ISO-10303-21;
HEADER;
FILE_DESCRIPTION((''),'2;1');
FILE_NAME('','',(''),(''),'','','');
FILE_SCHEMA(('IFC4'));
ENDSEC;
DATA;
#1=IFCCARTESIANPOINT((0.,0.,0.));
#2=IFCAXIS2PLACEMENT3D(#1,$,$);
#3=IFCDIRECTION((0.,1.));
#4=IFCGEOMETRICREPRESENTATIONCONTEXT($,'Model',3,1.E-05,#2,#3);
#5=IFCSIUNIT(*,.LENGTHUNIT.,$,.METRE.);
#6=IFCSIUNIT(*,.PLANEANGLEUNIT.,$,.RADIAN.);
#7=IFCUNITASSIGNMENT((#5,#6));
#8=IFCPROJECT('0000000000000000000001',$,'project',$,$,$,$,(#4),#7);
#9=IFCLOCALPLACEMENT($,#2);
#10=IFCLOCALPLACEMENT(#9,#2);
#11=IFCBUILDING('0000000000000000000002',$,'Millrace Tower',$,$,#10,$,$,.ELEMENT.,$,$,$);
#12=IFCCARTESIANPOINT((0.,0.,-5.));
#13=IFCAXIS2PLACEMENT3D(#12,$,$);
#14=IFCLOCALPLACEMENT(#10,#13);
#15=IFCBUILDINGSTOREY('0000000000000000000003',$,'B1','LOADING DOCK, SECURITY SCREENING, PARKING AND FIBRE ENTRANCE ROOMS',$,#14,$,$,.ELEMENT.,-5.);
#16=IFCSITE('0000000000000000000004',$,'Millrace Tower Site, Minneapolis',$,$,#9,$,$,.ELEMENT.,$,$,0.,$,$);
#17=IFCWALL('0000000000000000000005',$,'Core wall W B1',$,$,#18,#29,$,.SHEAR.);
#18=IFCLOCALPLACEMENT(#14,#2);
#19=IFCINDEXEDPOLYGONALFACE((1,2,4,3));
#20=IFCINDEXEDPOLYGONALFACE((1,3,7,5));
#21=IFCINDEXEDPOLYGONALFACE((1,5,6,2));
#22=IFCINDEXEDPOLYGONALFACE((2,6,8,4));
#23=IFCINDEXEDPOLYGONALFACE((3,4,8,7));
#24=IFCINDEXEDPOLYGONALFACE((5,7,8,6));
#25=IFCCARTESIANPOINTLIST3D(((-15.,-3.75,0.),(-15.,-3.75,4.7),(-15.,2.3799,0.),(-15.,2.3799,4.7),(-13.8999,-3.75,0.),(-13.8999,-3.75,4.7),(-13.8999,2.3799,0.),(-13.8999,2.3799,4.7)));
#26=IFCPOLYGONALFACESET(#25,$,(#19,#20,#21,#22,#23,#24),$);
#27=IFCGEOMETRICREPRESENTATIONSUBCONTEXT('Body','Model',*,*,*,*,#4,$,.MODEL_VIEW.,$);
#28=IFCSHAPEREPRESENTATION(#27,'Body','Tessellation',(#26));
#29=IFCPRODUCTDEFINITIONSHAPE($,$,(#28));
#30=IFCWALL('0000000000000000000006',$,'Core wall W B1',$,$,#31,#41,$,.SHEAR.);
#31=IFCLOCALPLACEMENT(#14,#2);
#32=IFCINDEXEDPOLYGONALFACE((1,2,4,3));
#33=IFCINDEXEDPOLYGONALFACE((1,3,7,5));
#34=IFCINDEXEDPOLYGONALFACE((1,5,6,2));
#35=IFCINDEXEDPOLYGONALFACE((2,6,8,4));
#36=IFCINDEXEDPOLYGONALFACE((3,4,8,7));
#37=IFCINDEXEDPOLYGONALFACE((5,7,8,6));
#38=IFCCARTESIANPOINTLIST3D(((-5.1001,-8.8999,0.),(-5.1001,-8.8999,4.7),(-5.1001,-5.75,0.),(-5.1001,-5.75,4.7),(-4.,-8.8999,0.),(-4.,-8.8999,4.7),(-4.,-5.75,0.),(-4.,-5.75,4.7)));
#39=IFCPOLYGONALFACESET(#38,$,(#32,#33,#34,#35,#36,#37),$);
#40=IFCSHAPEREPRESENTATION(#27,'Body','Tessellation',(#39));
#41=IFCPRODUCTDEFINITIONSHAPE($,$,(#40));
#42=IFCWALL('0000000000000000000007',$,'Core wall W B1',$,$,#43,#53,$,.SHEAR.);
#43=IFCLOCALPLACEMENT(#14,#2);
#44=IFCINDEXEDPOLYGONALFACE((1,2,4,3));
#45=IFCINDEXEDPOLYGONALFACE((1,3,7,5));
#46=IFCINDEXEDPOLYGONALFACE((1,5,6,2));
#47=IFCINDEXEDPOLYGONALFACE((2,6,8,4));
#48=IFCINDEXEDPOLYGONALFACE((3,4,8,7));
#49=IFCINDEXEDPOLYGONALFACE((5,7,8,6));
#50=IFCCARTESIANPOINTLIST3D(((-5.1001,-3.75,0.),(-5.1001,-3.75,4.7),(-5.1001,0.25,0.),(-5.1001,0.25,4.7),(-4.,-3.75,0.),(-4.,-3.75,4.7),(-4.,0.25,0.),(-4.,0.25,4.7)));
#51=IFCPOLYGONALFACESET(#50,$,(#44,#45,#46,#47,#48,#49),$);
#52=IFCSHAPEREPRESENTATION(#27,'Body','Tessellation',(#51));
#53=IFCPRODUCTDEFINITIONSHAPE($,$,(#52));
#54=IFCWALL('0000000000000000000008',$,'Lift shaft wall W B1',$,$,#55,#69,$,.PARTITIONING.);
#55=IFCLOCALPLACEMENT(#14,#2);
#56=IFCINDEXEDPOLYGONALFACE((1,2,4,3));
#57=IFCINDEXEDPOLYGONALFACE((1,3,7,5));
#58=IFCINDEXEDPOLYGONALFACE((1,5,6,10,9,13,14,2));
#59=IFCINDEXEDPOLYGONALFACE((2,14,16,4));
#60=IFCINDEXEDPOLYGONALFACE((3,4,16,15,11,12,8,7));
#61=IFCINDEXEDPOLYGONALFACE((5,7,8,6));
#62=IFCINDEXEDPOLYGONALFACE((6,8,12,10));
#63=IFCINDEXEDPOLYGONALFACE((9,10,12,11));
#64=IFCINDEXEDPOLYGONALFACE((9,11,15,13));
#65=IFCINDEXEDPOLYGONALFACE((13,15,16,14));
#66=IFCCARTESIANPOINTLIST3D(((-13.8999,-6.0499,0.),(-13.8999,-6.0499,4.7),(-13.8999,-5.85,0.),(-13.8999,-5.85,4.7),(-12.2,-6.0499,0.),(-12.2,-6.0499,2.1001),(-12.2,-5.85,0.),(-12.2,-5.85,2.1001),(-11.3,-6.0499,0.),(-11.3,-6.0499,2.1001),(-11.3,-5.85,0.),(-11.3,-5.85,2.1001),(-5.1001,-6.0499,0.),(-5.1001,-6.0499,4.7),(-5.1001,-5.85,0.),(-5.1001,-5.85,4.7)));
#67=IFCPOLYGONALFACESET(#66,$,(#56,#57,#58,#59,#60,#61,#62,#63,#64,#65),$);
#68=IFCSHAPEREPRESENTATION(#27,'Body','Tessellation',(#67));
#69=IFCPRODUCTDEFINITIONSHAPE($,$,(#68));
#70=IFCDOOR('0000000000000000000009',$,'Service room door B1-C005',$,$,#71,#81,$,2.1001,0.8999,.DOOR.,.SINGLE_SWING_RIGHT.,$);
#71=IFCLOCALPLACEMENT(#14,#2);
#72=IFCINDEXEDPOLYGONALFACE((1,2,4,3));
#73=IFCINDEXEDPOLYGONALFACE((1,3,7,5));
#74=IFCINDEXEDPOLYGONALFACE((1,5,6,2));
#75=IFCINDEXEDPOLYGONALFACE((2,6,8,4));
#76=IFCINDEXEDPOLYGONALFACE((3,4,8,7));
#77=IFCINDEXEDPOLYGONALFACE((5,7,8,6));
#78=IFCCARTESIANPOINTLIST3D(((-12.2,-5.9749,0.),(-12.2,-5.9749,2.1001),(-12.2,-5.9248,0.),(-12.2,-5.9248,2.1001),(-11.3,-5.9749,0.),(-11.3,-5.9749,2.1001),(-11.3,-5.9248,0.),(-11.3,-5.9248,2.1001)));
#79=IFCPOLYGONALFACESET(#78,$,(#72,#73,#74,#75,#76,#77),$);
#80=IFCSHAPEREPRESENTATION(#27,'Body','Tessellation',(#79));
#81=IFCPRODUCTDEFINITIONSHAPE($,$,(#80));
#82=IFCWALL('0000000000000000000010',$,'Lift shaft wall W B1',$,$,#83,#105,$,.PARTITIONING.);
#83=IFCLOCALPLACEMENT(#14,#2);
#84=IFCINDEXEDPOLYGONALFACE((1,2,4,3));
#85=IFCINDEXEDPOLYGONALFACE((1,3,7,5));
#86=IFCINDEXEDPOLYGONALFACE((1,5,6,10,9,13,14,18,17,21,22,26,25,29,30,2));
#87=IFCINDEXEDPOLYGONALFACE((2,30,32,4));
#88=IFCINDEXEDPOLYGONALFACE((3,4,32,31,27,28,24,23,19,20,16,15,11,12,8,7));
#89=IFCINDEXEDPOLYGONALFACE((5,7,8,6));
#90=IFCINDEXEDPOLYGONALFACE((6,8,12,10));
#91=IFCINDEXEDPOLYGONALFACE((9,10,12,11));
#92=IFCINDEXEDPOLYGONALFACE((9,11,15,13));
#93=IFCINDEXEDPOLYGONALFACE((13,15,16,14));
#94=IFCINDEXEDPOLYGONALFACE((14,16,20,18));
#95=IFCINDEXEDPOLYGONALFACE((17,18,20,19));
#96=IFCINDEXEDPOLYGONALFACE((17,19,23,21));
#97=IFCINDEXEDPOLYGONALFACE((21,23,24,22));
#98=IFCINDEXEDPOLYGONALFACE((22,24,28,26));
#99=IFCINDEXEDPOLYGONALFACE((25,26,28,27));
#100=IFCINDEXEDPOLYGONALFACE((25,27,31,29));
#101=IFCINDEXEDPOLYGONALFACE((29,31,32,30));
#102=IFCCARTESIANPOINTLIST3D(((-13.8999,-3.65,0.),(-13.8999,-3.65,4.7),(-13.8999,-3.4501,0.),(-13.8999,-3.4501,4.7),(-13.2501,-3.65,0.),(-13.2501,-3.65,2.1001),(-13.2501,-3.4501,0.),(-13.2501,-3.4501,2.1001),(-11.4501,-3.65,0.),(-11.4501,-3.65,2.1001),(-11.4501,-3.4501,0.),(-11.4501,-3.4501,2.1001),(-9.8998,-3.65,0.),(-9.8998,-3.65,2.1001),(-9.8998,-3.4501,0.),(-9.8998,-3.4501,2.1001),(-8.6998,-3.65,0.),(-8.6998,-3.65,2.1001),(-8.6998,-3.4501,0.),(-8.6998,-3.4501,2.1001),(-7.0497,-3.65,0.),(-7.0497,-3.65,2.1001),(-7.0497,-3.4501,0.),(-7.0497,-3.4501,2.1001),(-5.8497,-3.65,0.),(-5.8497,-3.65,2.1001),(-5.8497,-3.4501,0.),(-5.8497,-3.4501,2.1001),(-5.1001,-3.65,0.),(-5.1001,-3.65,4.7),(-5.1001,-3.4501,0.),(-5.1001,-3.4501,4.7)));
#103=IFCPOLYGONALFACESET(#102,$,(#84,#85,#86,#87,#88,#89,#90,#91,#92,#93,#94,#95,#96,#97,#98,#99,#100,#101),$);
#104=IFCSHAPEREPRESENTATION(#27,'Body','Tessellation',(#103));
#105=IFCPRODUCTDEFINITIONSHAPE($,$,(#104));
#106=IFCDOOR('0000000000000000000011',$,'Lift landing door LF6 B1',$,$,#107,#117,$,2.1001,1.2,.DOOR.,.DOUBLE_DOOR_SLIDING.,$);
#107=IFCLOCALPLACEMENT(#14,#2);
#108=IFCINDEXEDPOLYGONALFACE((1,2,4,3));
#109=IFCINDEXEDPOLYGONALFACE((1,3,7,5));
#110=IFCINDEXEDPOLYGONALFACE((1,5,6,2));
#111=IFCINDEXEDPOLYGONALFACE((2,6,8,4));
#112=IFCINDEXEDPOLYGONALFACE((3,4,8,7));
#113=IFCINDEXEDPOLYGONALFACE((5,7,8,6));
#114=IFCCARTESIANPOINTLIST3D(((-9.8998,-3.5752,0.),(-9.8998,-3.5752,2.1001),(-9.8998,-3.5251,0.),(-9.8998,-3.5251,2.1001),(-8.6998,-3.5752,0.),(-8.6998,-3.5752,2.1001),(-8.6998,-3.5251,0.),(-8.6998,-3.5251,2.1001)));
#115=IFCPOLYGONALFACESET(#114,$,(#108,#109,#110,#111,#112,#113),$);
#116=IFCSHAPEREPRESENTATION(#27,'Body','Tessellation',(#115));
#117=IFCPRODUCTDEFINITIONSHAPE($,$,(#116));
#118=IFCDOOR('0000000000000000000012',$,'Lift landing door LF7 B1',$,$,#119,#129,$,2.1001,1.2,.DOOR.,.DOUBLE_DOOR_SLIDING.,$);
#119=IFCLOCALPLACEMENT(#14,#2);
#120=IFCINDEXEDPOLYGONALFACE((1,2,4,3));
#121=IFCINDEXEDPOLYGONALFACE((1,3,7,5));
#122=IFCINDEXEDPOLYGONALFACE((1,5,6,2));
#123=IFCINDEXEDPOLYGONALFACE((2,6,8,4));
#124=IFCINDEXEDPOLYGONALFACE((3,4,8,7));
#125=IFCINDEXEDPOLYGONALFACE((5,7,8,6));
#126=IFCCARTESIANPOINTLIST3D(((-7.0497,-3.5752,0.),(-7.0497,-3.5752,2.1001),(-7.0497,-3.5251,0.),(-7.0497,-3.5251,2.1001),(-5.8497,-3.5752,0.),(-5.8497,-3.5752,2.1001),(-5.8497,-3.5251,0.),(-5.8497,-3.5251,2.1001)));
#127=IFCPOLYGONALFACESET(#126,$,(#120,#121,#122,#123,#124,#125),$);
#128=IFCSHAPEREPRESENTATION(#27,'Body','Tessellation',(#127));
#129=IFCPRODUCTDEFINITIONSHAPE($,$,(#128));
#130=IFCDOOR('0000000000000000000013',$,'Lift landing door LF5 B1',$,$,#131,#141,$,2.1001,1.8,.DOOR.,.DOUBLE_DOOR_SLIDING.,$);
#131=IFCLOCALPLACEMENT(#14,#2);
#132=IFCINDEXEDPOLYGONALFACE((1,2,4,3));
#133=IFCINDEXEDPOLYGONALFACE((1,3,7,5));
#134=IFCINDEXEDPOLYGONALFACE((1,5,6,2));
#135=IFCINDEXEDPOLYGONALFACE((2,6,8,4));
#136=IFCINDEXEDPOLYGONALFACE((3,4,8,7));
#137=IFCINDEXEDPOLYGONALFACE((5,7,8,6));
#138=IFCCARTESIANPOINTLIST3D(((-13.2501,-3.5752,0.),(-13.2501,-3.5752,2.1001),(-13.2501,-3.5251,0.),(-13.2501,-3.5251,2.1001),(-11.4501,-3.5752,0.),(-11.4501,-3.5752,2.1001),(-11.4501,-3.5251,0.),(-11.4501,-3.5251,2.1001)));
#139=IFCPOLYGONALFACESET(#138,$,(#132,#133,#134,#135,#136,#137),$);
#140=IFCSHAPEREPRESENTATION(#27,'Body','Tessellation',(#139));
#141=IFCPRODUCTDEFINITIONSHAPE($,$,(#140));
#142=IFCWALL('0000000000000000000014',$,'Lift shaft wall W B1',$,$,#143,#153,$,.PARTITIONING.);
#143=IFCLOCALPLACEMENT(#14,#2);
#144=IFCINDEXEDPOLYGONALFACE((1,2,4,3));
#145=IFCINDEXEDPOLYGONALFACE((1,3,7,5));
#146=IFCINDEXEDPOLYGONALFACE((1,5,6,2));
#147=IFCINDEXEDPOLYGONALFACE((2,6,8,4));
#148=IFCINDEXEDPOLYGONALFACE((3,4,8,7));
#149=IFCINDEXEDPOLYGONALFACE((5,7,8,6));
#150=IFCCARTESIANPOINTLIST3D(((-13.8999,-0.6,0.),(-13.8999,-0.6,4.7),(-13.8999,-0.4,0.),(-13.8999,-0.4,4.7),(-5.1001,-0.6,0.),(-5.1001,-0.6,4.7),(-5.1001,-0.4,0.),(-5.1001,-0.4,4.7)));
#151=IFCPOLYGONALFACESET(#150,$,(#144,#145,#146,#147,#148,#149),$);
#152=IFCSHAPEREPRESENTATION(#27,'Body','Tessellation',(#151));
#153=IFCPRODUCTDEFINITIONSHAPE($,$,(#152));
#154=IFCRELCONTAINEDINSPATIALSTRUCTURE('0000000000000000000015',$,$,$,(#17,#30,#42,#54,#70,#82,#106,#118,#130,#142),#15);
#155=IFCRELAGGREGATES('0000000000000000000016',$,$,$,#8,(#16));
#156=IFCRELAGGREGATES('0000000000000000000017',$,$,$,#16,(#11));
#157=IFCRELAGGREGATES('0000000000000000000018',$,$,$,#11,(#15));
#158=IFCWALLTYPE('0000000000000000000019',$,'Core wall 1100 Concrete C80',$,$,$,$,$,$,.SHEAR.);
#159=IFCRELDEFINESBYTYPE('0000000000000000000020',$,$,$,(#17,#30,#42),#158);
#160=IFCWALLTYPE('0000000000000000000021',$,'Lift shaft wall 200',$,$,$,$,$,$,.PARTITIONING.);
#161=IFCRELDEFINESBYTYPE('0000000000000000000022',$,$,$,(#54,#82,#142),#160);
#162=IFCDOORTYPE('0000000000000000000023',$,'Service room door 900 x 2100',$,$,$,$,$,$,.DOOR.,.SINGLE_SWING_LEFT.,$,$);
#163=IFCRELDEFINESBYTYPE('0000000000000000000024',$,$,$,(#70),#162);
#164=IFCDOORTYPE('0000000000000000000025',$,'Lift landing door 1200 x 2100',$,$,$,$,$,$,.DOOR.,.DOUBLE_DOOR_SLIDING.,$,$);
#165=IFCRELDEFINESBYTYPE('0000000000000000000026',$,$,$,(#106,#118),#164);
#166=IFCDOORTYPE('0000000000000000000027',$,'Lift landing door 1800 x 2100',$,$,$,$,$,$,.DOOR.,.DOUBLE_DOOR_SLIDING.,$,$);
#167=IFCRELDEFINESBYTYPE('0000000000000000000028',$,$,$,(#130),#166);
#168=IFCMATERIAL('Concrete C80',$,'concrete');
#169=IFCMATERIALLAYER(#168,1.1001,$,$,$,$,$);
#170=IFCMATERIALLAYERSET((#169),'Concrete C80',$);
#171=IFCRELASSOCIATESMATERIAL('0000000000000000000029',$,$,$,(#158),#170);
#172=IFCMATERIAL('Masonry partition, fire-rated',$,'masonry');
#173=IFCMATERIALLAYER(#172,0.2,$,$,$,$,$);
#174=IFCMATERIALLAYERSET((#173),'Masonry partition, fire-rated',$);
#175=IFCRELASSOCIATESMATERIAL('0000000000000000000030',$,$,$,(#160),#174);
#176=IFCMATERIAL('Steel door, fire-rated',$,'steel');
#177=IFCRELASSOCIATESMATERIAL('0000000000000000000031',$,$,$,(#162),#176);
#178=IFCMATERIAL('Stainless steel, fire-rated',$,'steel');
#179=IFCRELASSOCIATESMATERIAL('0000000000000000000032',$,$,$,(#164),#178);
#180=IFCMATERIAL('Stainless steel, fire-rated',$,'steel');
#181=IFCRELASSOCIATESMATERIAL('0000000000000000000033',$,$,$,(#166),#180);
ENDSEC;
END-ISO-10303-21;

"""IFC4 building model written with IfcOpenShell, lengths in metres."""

from ifc_helpers import new_model, si_unit, direction, frame, frame_2d, origin, place, context, subcontext, project, spatial, rectangle, extrude, material, layer, layer_set, type_object, element, fill, save


model = new_model("IFC4")

# Units and contexts
model_context = context("Model", 3, precision=1e-05, world=origin(), true_north=direction((0.0, 1.0)))
body_context = subcontext(model_context, "Body", "Model", "MODEL_VIEW")
ifc_project = project(units=[si_unit("LENGTHUNIT", "METRE"), si_unit("PLANEANGLEUNIT", "RADIAN")], contexts=[model_context])

# Site, building, storey
site_placement = place(None, origin())
site = spatial("IfcSite", under=ifc_project, at=site_placement, Name="Millrace Tower Site, Minneapolis", CompositionType="ELEMENT", RefElevation=0.0)
building_placement = place(site_placement, origin())
building = spatial("IfcBuilding", under=site, at=building_placement, Name="Millrace Tower", CompositionType="ELEMENT")
storey_placement = place(building_placement, frame((0.0, 0.0, -5.0)))
storey = spatial("IfcBuildingStorey", under=building, at=storey_placement, Name="B1", Description="LOADING DOCK, SECURITY SCREENING, PARKING AND FIBRE ENTRANCE ROOMS", CompositionType="ELEMENT", Elevation=-5.0)

# Walls
ifc_material_1 = material(Name="Concrete C80", Category="concrete")
ifc_layer_1 = layer(ifc_material_1, 1.1001)
ifc_layer_set_1 = layer_set([ifc_layer_1], Name="Concrete C80")
wall_type_1 = type_object("IfcWallType", Name="Core wall 1100 Concrete C80", PredefinedType="SHEAR", material=ifc_layer_set_1)
wall_1_placement = place(storey_placement, frame((-14.45, -3.75, 0.0), z_axis=(0.0, 0.0, 1.0), x_axis=(0.0, 1.0, 0.0)))
element("IfcWall", 1, at=wall_1_placement, inside=storey, type_object=wall_type_1, Name="Core wall W B1", PredefinedType="SHEAR", context=body_context, shape_type="SweptSolid", body=[
    extrude(rectangle(XDim=6.1299, YDim=1.1001, at=frame_2d((3.0649, 0.0))), origin(), (0.0, 0.0, 1.0), 4.7),
])
wall_2_placement = place(storey_placement, frame((-4.55, -8.8999, 0.0), z_axis=(0.0, 0.0, 1.0), x_axis=(0.0, 1.0, 0.0)))
element("IfcWall", 2, at=wall_2_placement, inside=storey, type_object=wall_type_1, Name="Core wall W B1", PredefinedType="SHEAR", context=body_context, shape_type="SweptSolid", body=[
    extrude(rectangle(XDim=3.1499, YDim=1.1001, at=frame_2d((1.575, 0.0))), origin(), (0.0, 0.0, 1.0), 4.7),
])
wall_3_placement = place(storey_placement, frame((-4.55, -3.75, 0.0), z_axis=(0.0, 0.0, 1.0), x_axis=(0.0, 1.0, 0.0)))
element("IfcWall", 3, at=wall_3_placement, inside=storey, type_object=wall_type_1, Name="Core wall W B1", PredefinedType="SHEAR", context=body_context, shape_type="SweptSolid", body=[
    extrude(rectangle(XDim=4.0, YDim=1.1001, at=frame_2d((2.0, 0.0))), origin(), (0.0, 0.0, 1.0), 4.7),
])

# Wall, opening, door
ifc_material_2 = material(Name="Masonry partition, fire-rated", Category="masonry")
ifc_layer_2 = layer(ifc_material_2, 0.2)
ifc_layer_set_2 = layer_set([ifc_layer_2], Name="Masonry partition, fire-rated")
wall_type_2 = type_object("IfcWallType", Name="Lift shaft wall 200", PredefinedType="PARTITIONING", material=ifc_layer_set_2)
wall_4_placement = place(storey_placement, frame((-13.8999, -5.95, 0.0), z_axis=(0.0, 0.0, 1.0), x_axis=(1.0, 0.0, 0.0)))
wall_4 = element("IfcWall", 4, at=wall_4_placement, inside=storey, type_object=wall_type_2, Name="Lift shaft wall W B1", PredefinedType="PARTITIONING", context=body_context, shape_type="SweptSolid", body=[
    extrude(rectangle(XDim=8.7998, YDim=0.2, at=frame_2d((4.3999, 0.0))), origin(), (0.0, 0.0, 1.0), 4.7),
])
opening_1_placement = place(wall_4_placement, frame((1.7, 0.0, 0.0)))
opening_1 = element("IfcOpeningElement", 5, at=opening_1_placement, cuts=wall_4, PredefinedType="OPENING", context=body_context, shape_type="SweptSolid", body=[
    extrude(rectangle(XDim=0.8999, YDim=2.1001, at=frame_2d((0.45, 1.05))), frame((0.0, 0.1099, 0.0), z_axis=(0.0, -1.0, 0.0), x_axis=(1.0, 0.0, 0.0)), (0.0, 0.0, 1.0), 0.22),
])
ifc_material_3 = material(Name="Steel door, fire-rated", Category="steel")
door_type_1 = type_object("IfcDoorType", Name="Service room door 900 x 2100", OperationType="SINGLE_SWING_LEFT", PredefinedType="DOOR", material=ifc_material_3)
door_1_placement = place(opening_1_placement, frame((0.8999, 0.0, 0.0), z_axis=(0.0, 0.0, 1.0), x_axis=(-1.0, 0.0, 0.0)))
door_1 = element("IfcDoor", 6, at=door_1_placement, inside=storey, type_object=door_type_1, Name="Service room door B1-C005", OperationType="SINGLE_SWING_RIGHT", OverallHeight=2.1001, OverallWidth=0.8999, PredefinedType="DOOR", context=body_context, shape_type="SweptSolid", body=[
    extrude(rectangle(XDim=0.8999, YDim=2.1001, at=frame_2d((0.45, 1.05))), frame((0.0, 0.0249, 0.0), z_axis=(0.0, -1.0, 0.0), x_axis=(1.0, 0.0, 0.0)), (0.0, 0.0, 1.0), 0.05),
])
fill(opening_1, door_1)

# Wall, openings, doors
wall_5_placement = place(storey_placement, frame((-13.8999, -3.55, 0.0), z_axis=(0.0, 0.0, 1.0), x_axis=(1.0, 0.0, 0.0)))
wall_5 = element("IfcWall", 7, at=wall_5_placement, inside=storey, type_object=wall_type_2, Name="Lift shaft wall W B1", PredefinedType="PARTITIONING", context=body_context, shape_type="SweptSolid", body=[
    extrude(rectangle(XDim=8.7998, YDim=0.2, at=frame_2d((4.3999, 0.0))), origin(), (0.0, 0.0, 1.0), 4.7),
])
opening_2_placement = place(wall_5_placement, frame((0.6499, 0.0, 0.0)))
opening_2 = element("IfcOpeningElement", 8, at=opening_2_placement, cuts=wall_5, PredefinedType="OPENING", context=body_context, shape_type="SweptSolid", body=[
    extrude(rectangle(XDim=1.8, YDim=2.1001, at=frame_2d((0.8999, 1.05))), frame((0.0, 0.1099, 0.0), z_axis=(0.0, -1.0, 0.0), x_axis=(1.0, 0.0, 0.0)), (0.0, 0.0, 1.0), 0.22),
])
opening_3_placement = place(wall_5_placement, frame((4.0, 0.0, 0.0)))
opening_3 = element("IfcOpeningElement", 9, at=opening_3_placement, cuts=wall_5, PredefinedType="OPENING", context=body_context, shape_type="SweptSolid", body=[
    extrude(rectangle(XDim=1.2, YDim=2.1001, at=frame_2d((0.6001, 1.05))), frame((0.0, 0.1099, 0.0), z_axis=(0.0, -1.0, 0.0), x_axis=(1.0, 0.0, 0.0)), (0.0, 0.0, 1.0), 0.22),
])
opening_4_placement = place(wall_5_placement, frame((6.8501, 0.0, 0.0)))
opening_4 = element("IfcOpeningElement", 10, at=opening_4_placement, cuts=wall_5, PredefinedType="OPENING", context=body_context, shape_type="SweptSolid", body=[
    extrude(rectangle(XDim=1.2, YDim=2.1001, at=frame_2d((0.6001, 1.05))), frame((0.0, 0.1099, 0.0), z_axis=(0.0, -1.0, 0.0), x_axis=(1.0, 0.0, 0.0)), (0.0, 0.0, 1.0), 0.22),
])
ifc_material_4 = material(Name="Stainless steel, fire-rated", Category="steel")
door_type_2 = type_object("IfcDoorType", Name="Lift landing door 1200 x 2100", OperationType="DOUBLE_DOOR_SLIDING", PredefinedType="DOOR", material=ifc_material_4)
door_2_placement = place(opening_3_placement, origin())
door_2 = element("IfcDoor", 11, at=door_2_placement, inside=storey, type_object=door_type_2, Name="Lift landing door LF6 B1", OperationType="DOUBLE_DOOR_SLIDING", OverallHeight=2.1001, OverallWidth=1.2, PredefinedType="DOOR", context=body_context, shape_type="SweptSolid", body=[
    extrude(rectangle(XDim=1.2, YDim=2.1001, at=frame_2d((0.6001, 1.05))), frame((0.0, 0.0249, 0.0), z_axis=(0.0, -1.0, 0.0), x_axis=(1.0, 0.0, 0.0)), (0.0, 0.0, 1.0), 0.05),
])
fill(opening_3, door_2)
door_3_placement = place(opening_4_placement, origin())
door_3 = element("IfcDoor", 12, at=door_3_placement, inside=storey, type_object=door_type_2, Name="Lift landing door LF7 B1", OperationType="DOUBLE_DOOR_SLIDING", OverallHeight=2.1001, OverallWidth=1.2, PredefinedType="DOOR", context=body_context, shape_type="SweptSolid", body=[
    extrude(rectangle(XDim=1.2, YDim=2.1001, at=frame_2d((0.6001, 1.05))), frame((0.0, 0.0249, 0.0), z_axis=(0.0, -1.0, 0.0), x_axis=(1.0, 0.0, 0.0)), (0.0, 0.0, 1.0), 0.05),
])
fill(opening_4, door_3)
ifc_material_5 = material(Name="Stainless steel, fire-rated", Category="steel")
door_type_3 = type_object("IfcDoorType", Name="Lift landing door 1800 x 2100", OperationType="DOUBLE_DOOR_SLIDING", PredefinedType="DOOR", material=ifc_material_5)
door_4_placement = place(opening_2_placement, origin())
door_4 = element("IfcDoor", 13, at=door_4_placement, inside=storey, type_object=door_type_3, Name="Lift landing door LF5 B1", OperationType="DOUBLE_DOOR_SLIDING", OverallHeight=2.1001, OverallWidth=1.8, PredefinedType="DOOR", context=body_context, shape_type="SweptSolid", body=[
    extrude(rectangle(XDim=1.8, YDim=2.1001, at=frame_2d((0.8999, 1.05))), frame((0.0, 0.0249, 0.0), z_axis=(0.0, -1.0, 0.0), x_axis=(1.0, 0.0, 0.0)), (0.0, 0.0, 1.0), 0.05),
])
fill(opening_2, door_4)

# Wall
wall_6_placement = place(storey_placement, frame((-13.8999, -0.5, 0.0), z_axis=(0.0, 0.0, 1.0), x_axis=(1.0, 0.0, 0.0)))
element("IfcWall", 14, at=wall_6_placement, inside=storey, type_object=wall_type_2, Name="Lift shaft wall W B1", PredefinedType="PARTITIONING", context=body_context, shape_type="SweptSolid", body=[
    extrude(rectangle(XDim=8.7998, YDim=0.2, at=frame_2d((4.3999, 0.0))), origin(), (0.0, 0.0, 1.0), 4.7),
])

save(model, "model.ifc")
